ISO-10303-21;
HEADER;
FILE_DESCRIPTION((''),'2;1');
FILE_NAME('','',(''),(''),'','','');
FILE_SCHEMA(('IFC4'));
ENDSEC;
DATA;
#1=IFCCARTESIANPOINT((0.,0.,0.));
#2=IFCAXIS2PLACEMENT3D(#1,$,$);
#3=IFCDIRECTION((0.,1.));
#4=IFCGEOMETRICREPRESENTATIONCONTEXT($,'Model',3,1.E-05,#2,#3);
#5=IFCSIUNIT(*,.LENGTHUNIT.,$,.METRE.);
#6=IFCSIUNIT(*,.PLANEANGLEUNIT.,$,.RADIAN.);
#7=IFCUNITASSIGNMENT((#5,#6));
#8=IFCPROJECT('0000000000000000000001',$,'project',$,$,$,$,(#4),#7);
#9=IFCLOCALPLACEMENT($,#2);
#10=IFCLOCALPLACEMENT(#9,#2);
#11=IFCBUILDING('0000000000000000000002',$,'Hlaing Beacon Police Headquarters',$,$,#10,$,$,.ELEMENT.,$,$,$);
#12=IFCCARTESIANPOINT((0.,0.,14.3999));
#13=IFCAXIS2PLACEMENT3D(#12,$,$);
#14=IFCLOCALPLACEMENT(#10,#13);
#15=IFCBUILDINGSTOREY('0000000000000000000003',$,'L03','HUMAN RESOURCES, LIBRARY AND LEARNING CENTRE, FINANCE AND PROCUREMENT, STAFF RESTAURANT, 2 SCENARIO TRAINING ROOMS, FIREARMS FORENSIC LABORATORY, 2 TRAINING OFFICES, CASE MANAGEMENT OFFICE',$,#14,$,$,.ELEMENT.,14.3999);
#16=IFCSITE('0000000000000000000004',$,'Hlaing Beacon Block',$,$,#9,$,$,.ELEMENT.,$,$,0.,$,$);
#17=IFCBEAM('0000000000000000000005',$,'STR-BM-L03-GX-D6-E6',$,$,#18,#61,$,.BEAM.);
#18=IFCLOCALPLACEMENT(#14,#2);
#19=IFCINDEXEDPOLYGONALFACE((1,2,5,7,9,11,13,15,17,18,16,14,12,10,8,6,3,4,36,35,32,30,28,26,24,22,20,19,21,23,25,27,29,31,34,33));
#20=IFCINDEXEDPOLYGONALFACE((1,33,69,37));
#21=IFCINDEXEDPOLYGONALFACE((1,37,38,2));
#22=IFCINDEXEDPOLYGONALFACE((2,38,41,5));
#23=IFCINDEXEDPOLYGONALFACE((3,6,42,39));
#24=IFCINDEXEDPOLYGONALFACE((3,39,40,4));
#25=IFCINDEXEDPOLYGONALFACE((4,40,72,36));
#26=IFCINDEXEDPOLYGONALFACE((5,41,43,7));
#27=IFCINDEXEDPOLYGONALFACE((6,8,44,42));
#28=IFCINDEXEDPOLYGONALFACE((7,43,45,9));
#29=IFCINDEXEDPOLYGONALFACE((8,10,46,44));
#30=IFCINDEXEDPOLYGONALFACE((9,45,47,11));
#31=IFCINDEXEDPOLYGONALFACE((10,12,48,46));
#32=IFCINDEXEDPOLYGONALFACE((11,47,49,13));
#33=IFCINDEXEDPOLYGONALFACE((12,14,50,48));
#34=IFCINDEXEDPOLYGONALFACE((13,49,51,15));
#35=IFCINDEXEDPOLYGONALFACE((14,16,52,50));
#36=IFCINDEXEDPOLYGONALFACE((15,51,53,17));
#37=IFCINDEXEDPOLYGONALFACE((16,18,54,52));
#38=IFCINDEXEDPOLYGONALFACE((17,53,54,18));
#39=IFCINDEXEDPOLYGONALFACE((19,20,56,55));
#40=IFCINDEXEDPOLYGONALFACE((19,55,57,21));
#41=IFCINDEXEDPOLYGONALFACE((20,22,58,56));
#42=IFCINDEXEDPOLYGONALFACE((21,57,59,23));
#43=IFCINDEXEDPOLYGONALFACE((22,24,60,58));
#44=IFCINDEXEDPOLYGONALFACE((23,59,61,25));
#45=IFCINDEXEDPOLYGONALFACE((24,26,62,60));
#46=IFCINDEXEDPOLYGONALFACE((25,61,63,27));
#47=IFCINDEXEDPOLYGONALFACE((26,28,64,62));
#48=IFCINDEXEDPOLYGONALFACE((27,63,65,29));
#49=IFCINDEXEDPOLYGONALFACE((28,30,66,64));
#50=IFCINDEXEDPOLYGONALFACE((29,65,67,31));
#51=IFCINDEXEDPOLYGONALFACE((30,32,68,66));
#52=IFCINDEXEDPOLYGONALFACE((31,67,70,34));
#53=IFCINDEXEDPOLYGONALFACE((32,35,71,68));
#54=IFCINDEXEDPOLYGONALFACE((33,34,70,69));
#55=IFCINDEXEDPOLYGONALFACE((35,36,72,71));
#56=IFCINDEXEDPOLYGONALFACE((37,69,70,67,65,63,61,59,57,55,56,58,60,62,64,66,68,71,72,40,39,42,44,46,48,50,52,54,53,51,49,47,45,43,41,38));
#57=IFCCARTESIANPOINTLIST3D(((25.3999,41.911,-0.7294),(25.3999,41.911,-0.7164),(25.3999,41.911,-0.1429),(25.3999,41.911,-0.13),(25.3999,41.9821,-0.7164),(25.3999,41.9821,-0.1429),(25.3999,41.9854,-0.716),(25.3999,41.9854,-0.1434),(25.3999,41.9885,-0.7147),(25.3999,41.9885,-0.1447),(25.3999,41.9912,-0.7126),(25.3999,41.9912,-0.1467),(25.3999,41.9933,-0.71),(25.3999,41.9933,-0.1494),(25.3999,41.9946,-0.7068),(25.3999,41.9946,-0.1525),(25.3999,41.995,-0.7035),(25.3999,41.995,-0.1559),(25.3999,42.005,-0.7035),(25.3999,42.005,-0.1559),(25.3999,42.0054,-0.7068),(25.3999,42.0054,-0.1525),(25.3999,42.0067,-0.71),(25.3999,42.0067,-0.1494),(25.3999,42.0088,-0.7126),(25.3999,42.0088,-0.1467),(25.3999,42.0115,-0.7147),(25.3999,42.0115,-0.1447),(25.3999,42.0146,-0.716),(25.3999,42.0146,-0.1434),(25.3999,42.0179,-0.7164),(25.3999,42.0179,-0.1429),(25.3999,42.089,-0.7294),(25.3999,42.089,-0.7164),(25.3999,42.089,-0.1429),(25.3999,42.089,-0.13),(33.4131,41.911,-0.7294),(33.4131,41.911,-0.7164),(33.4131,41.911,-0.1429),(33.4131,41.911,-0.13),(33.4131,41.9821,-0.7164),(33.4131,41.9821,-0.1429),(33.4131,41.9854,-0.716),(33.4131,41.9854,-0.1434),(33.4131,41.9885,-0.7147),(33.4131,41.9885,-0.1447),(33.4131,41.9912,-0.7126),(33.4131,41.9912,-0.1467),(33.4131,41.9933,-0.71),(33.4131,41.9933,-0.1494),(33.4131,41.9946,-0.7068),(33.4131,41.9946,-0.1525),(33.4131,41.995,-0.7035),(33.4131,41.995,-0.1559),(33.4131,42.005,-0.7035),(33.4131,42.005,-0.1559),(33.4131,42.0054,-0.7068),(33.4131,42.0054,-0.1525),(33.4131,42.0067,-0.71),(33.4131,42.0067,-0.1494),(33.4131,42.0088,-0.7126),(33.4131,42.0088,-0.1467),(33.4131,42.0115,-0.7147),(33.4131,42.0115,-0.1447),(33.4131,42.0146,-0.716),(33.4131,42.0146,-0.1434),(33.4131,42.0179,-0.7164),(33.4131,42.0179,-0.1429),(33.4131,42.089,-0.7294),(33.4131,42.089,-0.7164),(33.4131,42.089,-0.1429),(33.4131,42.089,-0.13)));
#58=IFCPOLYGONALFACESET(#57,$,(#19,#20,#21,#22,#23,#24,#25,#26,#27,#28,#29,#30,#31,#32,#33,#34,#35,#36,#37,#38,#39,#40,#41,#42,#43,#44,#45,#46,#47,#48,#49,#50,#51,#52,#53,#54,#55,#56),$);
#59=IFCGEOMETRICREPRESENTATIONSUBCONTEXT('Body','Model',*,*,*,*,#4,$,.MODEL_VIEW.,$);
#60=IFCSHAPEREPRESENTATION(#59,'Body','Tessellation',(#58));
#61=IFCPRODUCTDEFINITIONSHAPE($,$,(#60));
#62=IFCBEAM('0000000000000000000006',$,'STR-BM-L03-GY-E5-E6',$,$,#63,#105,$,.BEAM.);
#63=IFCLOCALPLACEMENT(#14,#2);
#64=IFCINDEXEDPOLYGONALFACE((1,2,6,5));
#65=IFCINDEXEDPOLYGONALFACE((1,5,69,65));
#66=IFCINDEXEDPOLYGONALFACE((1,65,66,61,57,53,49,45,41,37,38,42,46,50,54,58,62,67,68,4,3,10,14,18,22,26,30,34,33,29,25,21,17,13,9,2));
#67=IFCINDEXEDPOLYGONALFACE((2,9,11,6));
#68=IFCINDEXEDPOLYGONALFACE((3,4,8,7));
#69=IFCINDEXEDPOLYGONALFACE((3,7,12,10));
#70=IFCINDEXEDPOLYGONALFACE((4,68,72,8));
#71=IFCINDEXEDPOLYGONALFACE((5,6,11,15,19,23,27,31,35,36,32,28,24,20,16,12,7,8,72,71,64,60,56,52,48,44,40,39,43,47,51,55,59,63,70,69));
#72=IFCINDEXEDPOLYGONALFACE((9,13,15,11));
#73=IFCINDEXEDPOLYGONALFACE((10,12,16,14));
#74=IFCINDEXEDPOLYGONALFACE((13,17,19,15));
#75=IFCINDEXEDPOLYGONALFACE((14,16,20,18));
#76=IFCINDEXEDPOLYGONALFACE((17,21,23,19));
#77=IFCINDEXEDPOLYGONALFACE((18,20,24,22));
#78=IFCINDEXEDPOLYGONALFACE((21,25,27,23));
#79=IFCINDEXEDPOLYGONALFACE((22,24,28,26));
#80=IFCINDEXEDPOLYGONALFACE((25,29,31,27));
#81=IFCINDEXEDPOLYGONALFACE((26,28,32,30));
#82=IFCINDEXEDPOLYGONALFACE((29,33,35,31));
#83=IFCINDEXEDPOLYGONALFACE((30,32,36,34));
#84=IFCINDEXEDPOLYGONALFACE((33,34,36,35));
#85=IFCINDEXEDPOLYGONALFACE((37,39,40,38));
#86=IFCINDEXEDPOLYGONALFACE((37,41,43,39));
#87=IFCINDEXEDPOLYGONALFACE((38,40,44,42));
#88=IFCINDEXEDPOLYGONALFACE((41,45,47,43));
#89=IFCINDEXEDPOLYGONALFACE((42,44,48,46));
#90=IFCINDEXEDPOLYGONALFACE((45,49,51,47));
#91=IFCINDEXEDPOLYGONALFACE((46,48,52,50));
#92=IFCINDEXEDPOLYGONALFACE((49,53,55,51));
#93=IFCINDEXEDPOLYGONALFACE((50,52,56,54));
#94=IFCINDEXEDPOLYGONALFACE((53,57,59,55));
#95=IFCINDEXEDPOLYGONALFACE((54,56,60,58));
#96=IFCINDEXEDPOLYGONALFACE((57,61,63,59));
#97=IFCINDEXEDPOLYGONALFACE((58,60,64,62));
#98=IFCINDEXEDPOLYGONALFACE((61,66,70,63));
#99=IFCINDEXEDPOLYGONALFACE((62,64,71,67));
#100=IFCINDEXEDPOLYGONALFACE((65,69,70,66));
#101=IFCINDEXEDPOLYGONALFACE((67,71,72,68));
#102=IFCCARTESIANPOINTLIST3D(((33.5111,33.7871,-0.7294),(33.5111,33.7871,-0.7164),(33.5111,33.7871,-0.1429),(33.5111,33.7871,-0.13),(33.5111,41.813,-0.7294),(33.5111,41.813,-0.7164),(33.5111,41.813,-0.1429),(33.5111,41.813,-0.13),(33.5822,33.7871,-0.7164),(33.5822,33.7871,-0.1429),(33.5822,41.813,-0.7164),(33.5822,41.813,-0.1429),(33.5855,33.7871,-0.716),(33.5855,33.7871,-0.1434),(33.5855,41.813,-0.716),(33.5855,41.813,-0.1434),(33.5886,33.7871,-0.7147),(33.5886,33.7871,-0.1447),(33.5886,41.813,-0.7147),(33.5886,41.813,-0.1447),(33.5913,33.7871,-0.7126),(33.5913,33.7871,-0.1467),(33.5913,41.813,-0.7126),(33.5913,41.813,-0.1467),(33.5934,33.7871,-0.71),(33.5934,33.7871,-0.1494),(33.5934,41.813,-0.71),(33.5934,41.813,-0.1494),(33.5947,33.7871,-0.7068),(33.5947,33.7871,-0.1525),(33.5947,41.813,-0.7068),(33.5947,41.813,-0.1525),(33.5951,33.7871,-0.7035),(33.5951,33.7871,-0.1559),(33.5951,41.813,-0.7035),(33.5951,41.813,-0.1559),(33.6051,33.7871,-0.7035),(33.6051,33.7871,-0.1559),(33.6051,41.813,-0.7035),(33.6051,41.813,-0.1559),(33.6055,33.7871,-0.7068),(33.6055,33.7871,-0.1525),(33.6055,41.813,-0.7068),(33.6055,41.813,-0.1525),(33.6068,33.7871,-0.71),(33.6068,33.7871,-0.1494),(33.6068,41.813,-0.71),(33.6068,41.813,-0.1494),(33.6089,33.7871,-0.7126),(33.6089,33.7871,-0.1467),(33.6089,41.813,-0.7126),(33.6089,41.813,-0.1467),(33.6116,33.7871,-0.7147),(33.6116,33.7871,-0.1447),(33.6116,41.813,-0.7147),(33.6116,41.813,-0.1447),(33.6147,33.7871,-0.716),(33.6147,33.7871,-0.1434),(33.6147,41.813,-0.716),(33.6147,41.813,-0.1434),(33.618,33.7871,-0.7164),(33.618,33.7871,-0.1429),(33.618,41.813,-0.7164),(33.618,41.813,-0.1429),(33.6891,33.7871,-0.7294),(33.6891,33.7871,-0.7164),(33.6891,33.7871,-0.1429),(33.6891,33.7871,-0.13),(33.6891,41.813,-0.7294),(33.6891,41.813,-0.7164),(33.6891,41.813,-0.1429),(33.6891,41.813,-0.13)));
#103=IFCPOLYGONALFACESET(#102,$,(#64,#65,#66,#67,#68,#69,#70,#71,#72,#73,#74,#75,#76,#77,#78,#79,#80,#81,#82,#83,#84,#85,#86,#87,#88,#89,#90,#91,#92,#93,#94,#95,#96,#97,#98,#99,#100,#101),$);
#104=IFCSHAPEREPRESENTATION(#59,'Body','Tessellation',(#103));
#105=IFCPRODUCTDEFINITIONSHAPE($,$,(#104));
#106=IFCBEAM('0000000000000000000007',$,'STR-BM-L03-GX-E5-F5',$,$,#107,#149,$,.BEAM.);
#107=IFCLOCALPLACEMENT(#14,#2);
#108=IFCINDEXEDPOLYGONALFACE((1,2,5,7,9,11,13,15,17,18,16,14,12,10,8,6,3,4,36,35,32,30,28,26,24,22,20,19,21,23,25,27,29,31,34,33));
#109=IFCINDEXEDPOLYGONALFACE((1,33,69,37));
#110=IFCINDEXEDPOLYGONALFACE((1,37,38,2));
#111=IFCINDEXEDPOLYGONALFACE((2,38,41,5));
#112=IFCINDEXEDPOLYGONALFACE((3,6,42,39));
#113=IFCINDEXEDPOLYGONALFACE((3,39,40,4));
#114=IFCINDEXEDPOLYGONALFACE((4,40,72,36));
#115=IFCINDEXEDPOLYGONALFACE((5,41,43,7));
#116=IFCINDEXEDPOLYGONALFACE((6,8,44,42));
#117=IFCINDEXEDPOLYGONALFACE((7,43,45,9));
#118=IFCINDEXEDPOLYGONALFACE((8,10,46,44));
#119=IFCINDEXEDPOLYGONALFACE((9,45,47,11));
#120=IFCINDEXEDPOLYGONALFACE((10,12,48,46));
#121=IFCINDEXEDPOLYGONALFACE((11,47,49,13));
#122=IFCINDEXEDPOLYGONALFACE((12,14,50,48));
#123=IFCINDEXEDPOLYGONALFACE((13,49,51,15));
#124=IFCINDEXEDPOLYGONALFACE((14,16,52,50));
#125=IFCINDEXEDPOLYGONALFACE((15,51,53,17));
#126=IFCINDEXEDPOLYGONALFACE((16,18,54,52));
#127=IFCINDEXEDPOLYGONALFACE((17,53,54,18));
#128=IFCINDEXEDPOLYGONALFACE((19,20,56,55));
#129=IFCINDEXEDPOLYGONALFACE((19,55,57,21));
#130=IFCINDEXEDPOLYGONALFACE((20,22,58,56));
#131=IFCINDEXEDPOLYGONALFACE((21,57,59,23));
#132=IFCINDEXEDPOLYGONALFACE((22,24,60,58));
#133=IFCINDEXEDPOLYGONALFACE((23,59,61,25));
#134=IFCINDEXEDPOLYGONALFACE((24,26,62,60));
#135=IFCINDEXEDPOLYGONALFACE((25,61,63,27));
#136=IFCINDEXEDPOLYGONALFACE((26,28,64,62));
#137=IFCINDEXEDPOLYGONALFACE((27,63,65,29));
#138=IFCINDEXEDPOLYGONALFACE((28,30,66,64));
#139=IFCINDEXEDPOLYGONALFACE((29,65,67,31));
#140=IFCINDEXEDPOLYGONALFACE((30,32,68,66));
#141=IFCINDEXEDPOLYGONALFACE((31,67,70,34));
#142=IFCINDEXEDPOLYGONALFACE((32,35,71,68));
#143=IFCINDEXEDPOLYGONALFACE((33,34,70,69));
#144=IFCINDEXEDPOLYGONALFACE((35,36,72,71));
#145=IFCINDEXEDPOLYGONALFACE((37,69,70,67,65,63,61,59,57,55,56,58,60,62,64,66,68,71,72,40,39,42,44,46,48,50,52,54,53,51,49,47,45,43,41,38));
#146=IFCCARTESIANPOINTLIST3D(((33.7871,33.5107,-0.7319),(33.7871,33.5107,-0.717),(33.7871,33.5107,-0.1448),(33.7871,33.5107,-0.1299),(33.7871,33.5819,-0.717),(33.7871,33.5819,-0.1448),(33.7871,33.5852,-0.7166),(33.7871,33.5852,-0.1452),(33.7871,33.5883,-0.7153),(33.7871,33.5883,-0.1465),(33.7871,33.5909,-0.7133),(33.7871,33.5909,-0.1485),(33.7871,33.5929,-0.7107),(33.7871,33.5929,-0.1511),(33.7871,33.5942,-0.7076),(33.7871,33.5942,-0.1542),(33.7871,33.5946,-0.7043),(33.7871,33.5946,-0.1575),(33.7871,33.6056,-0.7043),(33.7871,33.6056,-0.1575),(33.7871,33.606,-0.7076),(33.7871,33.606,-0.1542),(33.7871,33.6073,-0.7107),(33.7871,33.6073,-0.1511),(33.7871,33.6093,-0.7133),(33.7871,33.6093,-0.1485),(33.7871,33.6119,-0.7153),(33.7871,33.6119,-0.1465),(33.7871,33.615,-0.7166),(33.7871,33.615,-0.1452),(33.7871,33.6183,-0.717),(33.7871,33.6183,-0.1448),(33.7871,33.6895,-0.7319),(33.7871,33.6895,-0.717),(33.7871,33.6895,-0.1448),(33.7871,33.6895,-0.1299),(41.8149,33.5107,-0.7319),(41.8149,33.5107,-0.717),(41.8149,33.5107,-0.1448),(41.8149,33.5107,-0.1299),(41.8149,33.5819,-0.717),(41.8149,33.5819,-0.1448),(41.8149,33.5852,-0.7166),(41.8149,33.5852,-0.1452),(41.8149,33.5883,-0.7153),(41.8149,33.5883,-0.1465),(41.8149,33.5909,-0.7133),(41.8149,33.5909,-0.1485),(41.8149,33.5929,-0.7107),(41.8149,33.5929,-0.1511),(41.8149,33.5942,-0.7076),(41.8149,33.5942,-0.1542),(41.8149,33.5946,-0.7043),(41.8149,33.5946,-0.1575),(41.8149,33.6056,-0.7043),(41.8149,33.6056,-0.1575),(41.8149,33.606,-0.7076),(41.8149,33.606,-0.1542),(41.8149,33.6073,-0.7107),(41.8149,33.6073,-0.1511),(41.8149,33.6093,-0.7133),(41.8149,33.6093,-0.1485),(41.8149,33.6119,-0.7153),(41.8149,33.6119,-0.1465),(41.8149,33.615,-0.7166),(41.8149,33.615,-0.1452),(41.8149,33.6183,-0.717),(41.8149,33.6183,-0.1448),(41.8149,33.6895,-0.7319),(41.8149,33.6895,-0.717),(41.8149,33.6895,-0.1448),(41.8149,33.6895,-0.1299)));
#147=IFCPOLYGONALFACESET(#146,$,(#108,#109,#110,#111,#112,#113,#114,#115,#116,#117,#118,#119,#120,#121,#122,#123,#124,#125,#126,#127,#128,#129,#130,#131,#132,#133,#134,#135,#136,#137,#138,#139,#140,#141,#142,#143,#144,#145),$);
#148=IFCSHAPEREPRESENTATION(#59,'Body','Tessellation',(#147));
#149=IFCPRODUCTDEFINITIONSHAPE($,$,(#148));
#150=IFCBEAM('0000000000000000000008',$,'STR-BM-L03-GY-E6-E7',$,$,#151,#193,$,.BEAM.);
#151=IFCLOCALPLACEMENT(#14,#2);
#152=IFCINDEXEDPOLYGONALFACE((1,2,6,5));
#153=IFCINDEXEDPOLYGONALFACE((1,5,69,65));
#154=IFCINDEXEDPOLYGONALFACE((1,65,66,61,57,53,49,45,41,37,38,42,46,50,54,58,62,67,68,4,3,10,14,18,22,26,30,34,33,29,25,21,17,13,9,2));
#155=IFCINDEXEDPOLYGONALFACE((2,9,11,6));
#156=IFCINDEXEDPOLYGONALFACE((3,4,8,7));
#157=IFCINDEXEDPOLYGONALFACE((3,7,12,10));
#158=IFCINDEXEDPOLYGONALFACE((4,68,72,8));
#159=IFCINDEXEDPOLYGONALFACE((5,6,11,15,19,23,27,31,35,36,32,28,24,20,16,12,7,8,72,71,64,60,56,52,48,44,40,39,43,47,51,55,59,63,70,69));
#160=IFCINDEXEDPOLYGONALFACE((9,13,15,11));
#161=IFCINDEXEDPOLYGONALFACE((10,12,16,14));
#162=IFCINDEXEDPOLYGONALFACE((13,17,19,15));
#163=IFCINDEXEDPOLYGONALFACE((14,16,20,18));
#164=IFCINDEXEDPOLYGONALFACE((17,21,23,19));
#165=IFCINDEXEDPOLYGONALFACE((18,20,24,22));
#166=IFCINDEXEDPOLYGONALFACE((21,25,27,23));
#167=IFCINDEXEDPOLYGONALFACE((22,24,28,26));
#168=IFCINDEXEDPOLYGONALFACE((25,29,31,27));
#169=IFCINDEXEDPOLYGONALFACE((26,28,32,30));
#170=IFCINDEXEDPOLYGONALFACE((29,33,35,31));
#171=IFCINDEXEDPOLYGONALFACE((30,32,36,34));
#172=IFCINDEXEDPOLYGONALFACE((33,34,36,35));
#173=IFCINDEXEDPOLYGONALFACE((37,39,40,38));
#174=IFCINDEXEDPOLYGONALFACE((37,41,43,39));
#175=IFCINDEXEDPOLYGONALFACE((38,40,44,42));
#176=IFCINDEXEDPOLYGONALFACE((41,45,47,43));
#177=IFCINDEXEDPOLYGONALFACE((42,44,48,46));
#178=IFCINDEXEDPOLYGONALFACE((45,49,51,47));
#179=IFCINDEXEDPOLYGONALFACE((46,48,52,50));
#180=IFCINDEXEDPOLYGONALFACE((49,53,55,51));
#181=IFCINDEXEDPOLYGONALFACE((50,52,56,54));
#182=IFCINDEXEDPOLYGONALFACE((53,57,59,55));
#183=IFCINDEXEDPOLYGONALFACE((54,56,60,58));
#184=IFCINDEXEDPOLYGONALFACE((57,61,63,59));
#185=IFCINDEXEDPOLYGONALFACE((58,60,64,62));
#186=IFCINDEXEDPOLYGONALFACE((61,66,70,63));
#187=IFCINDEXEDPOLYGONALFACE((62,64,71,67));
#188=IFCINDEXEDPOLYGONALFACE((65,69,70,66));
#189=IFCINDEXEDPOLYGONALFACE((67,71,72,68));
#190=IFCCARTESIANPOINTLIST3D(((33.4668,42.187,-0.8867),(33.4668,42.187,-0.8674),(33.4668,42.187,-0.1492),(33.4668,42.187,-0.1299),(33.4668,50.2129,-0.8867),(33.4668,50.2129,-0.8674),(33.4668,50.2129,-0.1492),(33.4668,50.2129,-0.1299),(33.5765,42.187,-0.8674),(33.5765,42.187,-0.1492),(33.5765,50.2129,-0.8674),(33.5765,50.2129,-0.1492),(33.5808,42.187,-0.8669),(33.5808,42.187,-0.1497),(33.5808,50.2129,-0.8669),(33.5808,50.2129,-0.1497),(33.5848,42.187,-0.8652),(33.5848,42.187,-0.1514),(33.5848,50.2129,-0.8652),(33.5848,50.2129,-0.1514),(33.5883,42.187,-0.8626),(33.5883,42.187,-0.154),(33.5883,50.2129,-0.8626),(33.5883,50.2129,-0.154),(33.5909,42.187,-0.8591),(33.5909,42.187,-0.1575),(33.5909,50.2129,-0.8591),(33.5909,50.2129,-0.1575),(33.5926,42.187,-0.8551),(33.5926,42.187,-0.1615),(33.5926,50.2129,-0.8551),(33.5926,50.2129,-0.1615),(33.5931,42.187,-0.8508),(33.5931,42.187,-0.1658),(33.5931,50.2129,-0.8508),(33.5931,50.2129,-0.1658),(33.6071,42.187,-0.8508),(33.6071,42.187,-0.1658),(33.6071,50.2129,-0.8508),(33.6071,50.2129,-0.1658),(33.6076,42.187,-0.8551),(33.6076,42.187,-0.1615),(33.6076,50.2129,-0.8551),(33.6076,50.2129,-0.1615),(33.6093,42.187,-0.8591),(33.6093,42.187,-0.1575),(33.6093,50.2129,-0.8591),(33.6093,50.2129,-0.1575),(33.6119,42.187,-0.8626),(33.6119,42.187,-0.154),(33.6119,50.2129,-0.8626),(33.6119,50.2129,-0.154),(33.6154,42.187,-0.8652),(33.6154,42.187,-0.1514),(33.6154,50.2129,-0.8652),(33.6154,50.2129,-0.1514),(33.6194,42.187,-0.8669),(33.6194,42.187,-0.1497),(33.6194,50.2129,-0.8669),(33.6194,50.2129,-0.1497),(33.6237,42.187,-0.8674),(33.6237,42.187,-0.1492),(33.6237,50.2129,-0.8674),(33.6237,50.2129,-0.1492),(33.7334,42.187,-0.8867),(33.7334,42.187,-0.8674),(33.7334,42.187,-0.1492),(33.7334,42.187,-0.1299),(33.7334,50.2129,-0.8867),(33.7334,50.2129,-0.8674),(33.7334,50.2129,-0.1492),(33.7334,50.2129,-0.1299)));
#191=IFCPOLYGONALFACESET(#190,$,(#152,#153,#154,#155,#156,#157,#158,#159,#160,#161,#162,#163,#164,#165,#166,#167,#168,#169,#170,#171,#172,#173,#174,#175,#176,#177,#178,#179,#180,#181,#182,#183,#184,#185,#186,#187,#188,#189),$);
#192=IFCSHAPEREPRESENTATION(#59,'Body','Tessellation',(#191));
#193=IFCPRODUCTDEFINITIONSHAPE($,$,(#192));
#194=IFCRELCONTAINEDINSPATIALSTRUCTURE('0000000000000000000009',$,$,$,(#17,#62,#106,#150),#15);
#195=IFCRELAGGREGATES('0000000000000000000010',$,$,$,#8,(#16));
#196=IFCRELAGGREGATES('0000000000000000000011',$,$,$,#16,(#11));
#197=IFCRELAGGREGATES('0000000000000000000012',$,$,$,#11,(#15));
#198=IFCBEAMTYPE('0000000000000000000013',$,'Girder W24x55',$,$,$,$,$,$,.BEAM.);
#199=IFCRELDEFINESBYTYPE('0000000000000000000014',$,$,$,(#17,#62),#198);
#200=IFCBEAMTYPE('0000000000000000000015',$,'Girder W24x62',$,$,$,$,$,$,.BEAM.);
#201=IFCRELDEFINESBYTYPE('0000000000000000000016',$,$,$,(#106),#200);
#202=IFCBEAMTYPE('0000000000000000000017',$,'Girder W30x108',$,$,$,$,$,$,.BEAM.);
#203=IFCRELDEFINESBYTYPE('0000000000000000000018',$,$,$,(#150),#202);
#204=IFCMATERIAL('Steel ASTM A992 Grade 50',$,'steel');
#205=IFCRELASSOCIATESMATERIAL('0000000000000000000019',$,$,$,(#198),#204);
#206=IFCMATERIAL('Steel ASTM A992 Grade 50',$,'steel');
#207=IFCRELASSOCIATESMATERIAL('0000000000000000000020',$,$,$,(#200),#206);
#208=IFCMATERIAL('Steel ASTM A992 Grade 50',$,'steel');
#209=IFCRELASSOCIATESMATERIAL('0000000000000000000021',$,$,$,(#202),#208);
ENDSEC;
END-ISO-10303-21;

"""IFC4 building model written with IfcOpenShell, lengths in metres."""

from ifc_helpers import new_model, si_unit, direction, frame, origin, origin_2d, place, context, subcontext, project, spatial, i_section, extrude, material, material_profile, profile_set, type_object, element, save


model = new_model("IFC4")

# Units and contexts
model_context = context("Model", 3, precision=1e-05, world=origin(), true_north=direction((0.0, 1.0)))
body_context = subcontext(model_context, "Body", "Model", "MODEL_VIEW")
ifc_project = project(units=[si_unit("LENGTHUNIT", "METRE"), si_unit("PLANEANGLEUNIT", "RADIAN")], contexts=[model_context])

# Site, building, storey
site_placement = place(None, origin())
site = spatial("IfcSite", under=ifc_project, at=site_placement, Name="Hlaing Beacon Block", CompositionType="ELEMENT", RefElevation=0.0)
building_placement = place(site_placement, origin())
building = spatial("IfcBuilding", under=site, at=building_placement, Name="Hlaing Beacon Police Headquarters", CompositionType="ELEMENT")
storey_placement = place(building_placement, frame((0.0, 0.0, 14.3999)))
storey = spatial("IfcBuildingStorey", under=building, at=storey_placement, Name="L03", Description="HUMAN RESOURCES, LIBRARY AND LEARNING CENTRE, FINANCE AND PROCUREMENT, STAFF RESTAURANT, 2 SCENARIO TRAINING ROOMS, FIREARMS FORENSIC LABORATORY, 2 TRAINING OFFICES, CASE MANAGEMENT OFFICE", CompositionType="ELEMENT", Elevation=14.3999)

# Beams
ifc_material_1 = material(Name="Steel ASTM A992 Grade 50", Category="steel")
ifc_material_profile_1 = material_profile(ifc_material_1, i_section(OverallWidth=0.178, OverallDepth=0.5994, WebThickness=0.01, FlangeThickness=0.0129, FilletRadius=0.0129, at=origin_2d()), Name="W24x55")
ifc_profile_set_1 = profile_set([ifc_material_profile_1], Name="Steel ASTM A992 Grade 50")
beam_type_1 = type_object("IfcBeamType", Name="Girder W24x55", PredefinedType="BEAM", material=ifc_profile_set_1)
for number, where, z_axis, x_axis, name in (
    (1, (25.3999, 42.0, -0.4297), (1.0, 0.0, 0.0), (0.0, 1.0, 0.0), "STR-BM-L03-GX-D6-E6"),
):
    element("IfcBeam", number, at=place(storey_placement, frame(where, z_axis=z_axis, x_axis=x_axis)), inside=storey, type_object=beam_type_1, Name=name, PredefinedType="BEAM", context=body_context, shape_type="SweptSolid", body=[
        extrude(i_section(OverallWidth=0.178, OverallDepth=0.5994, WebThickness=0.01, FlangeThickness=0.0129, FilletRadius=0.0129, at=origin_2d()), origin(), (0.0, 0.0, 1.0), 8.0132),
    ])
beam_1_placement = place(storey_placement, frame((33.6001, 33.7871, -0.4297), z_axis=(0.0, 1.0, 0.0), x_axis=(-1.0, 0.0, 0.0)))
element("IfcBeam", 2, at=beam_1_placement, inside=storey, type_object=beam_type_1, Name="STR-BM-L03-GY-E5-E6", PredefinedType="BEAM", context=body_context, shape_type="SweptSolid", body=[
    extrude(i_section(OverallWidth=0.178, OverallDepth=0.5994, WebThickness=0.01, FlangeThickness=0.0129, FilletRadius=0.0129, at=origin_2d()), origin(), (0.0, 0.0, 1.0), 8.0259),
])
ifc_material_2 = material(Name="Steel ASTM A992 Grade 50", Category="steel")
ifc_material_profile_2 = material_profile(ifc_material_2, i_section(OverallWidth=0.1787, OverallDepth=0.6021, WebThickness=0.011, FlangeThickness=0.0149, FilletRadius=0.0127, at=origin_2d()), Name="W24x62")
ifc_profile_set_2 = profile_set([ifc_material_profile_2], Name="Steel ASTM A992 Grade 50")
beam_type_2 = type_object("IfcBeamType", Name="Girder W24x62", PredefinedType="BEAM", material=ifc_profile_set_2)
beam_2_placement = place(storey_placement, frame((33.7871, 33.6001, -0.4309), z_axis=(1.0, 0.0, 0.0), x_axis=(0.0, 1.0, 0.0)))
element("IfcBeam", 3, at=beam_2_placement, inside=storey, type_object=beam_type_2, Name="STR-BM-L03-GX-E5-F5", PredefinedType="BEAM", context=body_context, shape_type="SweptSolid", body=[
    extrude(i_section(OverallWidth=0.1787, OverallDepth=0.6021, WebThickness=0.011, FlangeThickness=0.0149, FilletRadius=0.0127, at=origin_2d()), origin(), (0.0, 0.0, 1.0), 8.0278),
])
ifc_material_3 = material(Name="Steel ASTM A992 Grade 50", Category="steel")
ifc_material_profile_3 = material_profile(ifc_material_3, i_section(OverallWidth=0.2666, OverallDepth=0.7568, WebThickness=0.0139, FlangeThickness=0.0193, FilletRadius=0.0166, at=origin_2d()), Name="W30x108")
ifc_profile_set_3 = profile_set([ifc_material_profile_3], Name="Steel ASTM A992 Grade 50")
beam_type_3 = type_object("IfcBeamType", Name="Girder W30x108", PredefinedType="BEAM", material=ifc_profile_set_3)
beam_3_placement = place(storey_placement, frame((33.6001, 42.187, -0.5083), z_axis=(0.0, 1.0, 0.0), x_axis=(-1.0, 0.0, 0.0)))
element("IfcBeam", 4, at=beam_3_placement, inside=storey, type_object=beam_type_3, Name="STR-BM-L03-GY-E6-E7", PredefinedType="BEAM", context=body_context, shape_type="SweptSolid", body=[
    extrude(i_section(OverallWidth=0.2666, OverallDepth=0.7568, WebThickness=0.0139, FlangeThickness=0.0193, FilletRadius=0.0166, at=origin_2d()), origin(), (0.0, 0.0, 1.0), 8.0259),
])

save(model, "model.ifc")
